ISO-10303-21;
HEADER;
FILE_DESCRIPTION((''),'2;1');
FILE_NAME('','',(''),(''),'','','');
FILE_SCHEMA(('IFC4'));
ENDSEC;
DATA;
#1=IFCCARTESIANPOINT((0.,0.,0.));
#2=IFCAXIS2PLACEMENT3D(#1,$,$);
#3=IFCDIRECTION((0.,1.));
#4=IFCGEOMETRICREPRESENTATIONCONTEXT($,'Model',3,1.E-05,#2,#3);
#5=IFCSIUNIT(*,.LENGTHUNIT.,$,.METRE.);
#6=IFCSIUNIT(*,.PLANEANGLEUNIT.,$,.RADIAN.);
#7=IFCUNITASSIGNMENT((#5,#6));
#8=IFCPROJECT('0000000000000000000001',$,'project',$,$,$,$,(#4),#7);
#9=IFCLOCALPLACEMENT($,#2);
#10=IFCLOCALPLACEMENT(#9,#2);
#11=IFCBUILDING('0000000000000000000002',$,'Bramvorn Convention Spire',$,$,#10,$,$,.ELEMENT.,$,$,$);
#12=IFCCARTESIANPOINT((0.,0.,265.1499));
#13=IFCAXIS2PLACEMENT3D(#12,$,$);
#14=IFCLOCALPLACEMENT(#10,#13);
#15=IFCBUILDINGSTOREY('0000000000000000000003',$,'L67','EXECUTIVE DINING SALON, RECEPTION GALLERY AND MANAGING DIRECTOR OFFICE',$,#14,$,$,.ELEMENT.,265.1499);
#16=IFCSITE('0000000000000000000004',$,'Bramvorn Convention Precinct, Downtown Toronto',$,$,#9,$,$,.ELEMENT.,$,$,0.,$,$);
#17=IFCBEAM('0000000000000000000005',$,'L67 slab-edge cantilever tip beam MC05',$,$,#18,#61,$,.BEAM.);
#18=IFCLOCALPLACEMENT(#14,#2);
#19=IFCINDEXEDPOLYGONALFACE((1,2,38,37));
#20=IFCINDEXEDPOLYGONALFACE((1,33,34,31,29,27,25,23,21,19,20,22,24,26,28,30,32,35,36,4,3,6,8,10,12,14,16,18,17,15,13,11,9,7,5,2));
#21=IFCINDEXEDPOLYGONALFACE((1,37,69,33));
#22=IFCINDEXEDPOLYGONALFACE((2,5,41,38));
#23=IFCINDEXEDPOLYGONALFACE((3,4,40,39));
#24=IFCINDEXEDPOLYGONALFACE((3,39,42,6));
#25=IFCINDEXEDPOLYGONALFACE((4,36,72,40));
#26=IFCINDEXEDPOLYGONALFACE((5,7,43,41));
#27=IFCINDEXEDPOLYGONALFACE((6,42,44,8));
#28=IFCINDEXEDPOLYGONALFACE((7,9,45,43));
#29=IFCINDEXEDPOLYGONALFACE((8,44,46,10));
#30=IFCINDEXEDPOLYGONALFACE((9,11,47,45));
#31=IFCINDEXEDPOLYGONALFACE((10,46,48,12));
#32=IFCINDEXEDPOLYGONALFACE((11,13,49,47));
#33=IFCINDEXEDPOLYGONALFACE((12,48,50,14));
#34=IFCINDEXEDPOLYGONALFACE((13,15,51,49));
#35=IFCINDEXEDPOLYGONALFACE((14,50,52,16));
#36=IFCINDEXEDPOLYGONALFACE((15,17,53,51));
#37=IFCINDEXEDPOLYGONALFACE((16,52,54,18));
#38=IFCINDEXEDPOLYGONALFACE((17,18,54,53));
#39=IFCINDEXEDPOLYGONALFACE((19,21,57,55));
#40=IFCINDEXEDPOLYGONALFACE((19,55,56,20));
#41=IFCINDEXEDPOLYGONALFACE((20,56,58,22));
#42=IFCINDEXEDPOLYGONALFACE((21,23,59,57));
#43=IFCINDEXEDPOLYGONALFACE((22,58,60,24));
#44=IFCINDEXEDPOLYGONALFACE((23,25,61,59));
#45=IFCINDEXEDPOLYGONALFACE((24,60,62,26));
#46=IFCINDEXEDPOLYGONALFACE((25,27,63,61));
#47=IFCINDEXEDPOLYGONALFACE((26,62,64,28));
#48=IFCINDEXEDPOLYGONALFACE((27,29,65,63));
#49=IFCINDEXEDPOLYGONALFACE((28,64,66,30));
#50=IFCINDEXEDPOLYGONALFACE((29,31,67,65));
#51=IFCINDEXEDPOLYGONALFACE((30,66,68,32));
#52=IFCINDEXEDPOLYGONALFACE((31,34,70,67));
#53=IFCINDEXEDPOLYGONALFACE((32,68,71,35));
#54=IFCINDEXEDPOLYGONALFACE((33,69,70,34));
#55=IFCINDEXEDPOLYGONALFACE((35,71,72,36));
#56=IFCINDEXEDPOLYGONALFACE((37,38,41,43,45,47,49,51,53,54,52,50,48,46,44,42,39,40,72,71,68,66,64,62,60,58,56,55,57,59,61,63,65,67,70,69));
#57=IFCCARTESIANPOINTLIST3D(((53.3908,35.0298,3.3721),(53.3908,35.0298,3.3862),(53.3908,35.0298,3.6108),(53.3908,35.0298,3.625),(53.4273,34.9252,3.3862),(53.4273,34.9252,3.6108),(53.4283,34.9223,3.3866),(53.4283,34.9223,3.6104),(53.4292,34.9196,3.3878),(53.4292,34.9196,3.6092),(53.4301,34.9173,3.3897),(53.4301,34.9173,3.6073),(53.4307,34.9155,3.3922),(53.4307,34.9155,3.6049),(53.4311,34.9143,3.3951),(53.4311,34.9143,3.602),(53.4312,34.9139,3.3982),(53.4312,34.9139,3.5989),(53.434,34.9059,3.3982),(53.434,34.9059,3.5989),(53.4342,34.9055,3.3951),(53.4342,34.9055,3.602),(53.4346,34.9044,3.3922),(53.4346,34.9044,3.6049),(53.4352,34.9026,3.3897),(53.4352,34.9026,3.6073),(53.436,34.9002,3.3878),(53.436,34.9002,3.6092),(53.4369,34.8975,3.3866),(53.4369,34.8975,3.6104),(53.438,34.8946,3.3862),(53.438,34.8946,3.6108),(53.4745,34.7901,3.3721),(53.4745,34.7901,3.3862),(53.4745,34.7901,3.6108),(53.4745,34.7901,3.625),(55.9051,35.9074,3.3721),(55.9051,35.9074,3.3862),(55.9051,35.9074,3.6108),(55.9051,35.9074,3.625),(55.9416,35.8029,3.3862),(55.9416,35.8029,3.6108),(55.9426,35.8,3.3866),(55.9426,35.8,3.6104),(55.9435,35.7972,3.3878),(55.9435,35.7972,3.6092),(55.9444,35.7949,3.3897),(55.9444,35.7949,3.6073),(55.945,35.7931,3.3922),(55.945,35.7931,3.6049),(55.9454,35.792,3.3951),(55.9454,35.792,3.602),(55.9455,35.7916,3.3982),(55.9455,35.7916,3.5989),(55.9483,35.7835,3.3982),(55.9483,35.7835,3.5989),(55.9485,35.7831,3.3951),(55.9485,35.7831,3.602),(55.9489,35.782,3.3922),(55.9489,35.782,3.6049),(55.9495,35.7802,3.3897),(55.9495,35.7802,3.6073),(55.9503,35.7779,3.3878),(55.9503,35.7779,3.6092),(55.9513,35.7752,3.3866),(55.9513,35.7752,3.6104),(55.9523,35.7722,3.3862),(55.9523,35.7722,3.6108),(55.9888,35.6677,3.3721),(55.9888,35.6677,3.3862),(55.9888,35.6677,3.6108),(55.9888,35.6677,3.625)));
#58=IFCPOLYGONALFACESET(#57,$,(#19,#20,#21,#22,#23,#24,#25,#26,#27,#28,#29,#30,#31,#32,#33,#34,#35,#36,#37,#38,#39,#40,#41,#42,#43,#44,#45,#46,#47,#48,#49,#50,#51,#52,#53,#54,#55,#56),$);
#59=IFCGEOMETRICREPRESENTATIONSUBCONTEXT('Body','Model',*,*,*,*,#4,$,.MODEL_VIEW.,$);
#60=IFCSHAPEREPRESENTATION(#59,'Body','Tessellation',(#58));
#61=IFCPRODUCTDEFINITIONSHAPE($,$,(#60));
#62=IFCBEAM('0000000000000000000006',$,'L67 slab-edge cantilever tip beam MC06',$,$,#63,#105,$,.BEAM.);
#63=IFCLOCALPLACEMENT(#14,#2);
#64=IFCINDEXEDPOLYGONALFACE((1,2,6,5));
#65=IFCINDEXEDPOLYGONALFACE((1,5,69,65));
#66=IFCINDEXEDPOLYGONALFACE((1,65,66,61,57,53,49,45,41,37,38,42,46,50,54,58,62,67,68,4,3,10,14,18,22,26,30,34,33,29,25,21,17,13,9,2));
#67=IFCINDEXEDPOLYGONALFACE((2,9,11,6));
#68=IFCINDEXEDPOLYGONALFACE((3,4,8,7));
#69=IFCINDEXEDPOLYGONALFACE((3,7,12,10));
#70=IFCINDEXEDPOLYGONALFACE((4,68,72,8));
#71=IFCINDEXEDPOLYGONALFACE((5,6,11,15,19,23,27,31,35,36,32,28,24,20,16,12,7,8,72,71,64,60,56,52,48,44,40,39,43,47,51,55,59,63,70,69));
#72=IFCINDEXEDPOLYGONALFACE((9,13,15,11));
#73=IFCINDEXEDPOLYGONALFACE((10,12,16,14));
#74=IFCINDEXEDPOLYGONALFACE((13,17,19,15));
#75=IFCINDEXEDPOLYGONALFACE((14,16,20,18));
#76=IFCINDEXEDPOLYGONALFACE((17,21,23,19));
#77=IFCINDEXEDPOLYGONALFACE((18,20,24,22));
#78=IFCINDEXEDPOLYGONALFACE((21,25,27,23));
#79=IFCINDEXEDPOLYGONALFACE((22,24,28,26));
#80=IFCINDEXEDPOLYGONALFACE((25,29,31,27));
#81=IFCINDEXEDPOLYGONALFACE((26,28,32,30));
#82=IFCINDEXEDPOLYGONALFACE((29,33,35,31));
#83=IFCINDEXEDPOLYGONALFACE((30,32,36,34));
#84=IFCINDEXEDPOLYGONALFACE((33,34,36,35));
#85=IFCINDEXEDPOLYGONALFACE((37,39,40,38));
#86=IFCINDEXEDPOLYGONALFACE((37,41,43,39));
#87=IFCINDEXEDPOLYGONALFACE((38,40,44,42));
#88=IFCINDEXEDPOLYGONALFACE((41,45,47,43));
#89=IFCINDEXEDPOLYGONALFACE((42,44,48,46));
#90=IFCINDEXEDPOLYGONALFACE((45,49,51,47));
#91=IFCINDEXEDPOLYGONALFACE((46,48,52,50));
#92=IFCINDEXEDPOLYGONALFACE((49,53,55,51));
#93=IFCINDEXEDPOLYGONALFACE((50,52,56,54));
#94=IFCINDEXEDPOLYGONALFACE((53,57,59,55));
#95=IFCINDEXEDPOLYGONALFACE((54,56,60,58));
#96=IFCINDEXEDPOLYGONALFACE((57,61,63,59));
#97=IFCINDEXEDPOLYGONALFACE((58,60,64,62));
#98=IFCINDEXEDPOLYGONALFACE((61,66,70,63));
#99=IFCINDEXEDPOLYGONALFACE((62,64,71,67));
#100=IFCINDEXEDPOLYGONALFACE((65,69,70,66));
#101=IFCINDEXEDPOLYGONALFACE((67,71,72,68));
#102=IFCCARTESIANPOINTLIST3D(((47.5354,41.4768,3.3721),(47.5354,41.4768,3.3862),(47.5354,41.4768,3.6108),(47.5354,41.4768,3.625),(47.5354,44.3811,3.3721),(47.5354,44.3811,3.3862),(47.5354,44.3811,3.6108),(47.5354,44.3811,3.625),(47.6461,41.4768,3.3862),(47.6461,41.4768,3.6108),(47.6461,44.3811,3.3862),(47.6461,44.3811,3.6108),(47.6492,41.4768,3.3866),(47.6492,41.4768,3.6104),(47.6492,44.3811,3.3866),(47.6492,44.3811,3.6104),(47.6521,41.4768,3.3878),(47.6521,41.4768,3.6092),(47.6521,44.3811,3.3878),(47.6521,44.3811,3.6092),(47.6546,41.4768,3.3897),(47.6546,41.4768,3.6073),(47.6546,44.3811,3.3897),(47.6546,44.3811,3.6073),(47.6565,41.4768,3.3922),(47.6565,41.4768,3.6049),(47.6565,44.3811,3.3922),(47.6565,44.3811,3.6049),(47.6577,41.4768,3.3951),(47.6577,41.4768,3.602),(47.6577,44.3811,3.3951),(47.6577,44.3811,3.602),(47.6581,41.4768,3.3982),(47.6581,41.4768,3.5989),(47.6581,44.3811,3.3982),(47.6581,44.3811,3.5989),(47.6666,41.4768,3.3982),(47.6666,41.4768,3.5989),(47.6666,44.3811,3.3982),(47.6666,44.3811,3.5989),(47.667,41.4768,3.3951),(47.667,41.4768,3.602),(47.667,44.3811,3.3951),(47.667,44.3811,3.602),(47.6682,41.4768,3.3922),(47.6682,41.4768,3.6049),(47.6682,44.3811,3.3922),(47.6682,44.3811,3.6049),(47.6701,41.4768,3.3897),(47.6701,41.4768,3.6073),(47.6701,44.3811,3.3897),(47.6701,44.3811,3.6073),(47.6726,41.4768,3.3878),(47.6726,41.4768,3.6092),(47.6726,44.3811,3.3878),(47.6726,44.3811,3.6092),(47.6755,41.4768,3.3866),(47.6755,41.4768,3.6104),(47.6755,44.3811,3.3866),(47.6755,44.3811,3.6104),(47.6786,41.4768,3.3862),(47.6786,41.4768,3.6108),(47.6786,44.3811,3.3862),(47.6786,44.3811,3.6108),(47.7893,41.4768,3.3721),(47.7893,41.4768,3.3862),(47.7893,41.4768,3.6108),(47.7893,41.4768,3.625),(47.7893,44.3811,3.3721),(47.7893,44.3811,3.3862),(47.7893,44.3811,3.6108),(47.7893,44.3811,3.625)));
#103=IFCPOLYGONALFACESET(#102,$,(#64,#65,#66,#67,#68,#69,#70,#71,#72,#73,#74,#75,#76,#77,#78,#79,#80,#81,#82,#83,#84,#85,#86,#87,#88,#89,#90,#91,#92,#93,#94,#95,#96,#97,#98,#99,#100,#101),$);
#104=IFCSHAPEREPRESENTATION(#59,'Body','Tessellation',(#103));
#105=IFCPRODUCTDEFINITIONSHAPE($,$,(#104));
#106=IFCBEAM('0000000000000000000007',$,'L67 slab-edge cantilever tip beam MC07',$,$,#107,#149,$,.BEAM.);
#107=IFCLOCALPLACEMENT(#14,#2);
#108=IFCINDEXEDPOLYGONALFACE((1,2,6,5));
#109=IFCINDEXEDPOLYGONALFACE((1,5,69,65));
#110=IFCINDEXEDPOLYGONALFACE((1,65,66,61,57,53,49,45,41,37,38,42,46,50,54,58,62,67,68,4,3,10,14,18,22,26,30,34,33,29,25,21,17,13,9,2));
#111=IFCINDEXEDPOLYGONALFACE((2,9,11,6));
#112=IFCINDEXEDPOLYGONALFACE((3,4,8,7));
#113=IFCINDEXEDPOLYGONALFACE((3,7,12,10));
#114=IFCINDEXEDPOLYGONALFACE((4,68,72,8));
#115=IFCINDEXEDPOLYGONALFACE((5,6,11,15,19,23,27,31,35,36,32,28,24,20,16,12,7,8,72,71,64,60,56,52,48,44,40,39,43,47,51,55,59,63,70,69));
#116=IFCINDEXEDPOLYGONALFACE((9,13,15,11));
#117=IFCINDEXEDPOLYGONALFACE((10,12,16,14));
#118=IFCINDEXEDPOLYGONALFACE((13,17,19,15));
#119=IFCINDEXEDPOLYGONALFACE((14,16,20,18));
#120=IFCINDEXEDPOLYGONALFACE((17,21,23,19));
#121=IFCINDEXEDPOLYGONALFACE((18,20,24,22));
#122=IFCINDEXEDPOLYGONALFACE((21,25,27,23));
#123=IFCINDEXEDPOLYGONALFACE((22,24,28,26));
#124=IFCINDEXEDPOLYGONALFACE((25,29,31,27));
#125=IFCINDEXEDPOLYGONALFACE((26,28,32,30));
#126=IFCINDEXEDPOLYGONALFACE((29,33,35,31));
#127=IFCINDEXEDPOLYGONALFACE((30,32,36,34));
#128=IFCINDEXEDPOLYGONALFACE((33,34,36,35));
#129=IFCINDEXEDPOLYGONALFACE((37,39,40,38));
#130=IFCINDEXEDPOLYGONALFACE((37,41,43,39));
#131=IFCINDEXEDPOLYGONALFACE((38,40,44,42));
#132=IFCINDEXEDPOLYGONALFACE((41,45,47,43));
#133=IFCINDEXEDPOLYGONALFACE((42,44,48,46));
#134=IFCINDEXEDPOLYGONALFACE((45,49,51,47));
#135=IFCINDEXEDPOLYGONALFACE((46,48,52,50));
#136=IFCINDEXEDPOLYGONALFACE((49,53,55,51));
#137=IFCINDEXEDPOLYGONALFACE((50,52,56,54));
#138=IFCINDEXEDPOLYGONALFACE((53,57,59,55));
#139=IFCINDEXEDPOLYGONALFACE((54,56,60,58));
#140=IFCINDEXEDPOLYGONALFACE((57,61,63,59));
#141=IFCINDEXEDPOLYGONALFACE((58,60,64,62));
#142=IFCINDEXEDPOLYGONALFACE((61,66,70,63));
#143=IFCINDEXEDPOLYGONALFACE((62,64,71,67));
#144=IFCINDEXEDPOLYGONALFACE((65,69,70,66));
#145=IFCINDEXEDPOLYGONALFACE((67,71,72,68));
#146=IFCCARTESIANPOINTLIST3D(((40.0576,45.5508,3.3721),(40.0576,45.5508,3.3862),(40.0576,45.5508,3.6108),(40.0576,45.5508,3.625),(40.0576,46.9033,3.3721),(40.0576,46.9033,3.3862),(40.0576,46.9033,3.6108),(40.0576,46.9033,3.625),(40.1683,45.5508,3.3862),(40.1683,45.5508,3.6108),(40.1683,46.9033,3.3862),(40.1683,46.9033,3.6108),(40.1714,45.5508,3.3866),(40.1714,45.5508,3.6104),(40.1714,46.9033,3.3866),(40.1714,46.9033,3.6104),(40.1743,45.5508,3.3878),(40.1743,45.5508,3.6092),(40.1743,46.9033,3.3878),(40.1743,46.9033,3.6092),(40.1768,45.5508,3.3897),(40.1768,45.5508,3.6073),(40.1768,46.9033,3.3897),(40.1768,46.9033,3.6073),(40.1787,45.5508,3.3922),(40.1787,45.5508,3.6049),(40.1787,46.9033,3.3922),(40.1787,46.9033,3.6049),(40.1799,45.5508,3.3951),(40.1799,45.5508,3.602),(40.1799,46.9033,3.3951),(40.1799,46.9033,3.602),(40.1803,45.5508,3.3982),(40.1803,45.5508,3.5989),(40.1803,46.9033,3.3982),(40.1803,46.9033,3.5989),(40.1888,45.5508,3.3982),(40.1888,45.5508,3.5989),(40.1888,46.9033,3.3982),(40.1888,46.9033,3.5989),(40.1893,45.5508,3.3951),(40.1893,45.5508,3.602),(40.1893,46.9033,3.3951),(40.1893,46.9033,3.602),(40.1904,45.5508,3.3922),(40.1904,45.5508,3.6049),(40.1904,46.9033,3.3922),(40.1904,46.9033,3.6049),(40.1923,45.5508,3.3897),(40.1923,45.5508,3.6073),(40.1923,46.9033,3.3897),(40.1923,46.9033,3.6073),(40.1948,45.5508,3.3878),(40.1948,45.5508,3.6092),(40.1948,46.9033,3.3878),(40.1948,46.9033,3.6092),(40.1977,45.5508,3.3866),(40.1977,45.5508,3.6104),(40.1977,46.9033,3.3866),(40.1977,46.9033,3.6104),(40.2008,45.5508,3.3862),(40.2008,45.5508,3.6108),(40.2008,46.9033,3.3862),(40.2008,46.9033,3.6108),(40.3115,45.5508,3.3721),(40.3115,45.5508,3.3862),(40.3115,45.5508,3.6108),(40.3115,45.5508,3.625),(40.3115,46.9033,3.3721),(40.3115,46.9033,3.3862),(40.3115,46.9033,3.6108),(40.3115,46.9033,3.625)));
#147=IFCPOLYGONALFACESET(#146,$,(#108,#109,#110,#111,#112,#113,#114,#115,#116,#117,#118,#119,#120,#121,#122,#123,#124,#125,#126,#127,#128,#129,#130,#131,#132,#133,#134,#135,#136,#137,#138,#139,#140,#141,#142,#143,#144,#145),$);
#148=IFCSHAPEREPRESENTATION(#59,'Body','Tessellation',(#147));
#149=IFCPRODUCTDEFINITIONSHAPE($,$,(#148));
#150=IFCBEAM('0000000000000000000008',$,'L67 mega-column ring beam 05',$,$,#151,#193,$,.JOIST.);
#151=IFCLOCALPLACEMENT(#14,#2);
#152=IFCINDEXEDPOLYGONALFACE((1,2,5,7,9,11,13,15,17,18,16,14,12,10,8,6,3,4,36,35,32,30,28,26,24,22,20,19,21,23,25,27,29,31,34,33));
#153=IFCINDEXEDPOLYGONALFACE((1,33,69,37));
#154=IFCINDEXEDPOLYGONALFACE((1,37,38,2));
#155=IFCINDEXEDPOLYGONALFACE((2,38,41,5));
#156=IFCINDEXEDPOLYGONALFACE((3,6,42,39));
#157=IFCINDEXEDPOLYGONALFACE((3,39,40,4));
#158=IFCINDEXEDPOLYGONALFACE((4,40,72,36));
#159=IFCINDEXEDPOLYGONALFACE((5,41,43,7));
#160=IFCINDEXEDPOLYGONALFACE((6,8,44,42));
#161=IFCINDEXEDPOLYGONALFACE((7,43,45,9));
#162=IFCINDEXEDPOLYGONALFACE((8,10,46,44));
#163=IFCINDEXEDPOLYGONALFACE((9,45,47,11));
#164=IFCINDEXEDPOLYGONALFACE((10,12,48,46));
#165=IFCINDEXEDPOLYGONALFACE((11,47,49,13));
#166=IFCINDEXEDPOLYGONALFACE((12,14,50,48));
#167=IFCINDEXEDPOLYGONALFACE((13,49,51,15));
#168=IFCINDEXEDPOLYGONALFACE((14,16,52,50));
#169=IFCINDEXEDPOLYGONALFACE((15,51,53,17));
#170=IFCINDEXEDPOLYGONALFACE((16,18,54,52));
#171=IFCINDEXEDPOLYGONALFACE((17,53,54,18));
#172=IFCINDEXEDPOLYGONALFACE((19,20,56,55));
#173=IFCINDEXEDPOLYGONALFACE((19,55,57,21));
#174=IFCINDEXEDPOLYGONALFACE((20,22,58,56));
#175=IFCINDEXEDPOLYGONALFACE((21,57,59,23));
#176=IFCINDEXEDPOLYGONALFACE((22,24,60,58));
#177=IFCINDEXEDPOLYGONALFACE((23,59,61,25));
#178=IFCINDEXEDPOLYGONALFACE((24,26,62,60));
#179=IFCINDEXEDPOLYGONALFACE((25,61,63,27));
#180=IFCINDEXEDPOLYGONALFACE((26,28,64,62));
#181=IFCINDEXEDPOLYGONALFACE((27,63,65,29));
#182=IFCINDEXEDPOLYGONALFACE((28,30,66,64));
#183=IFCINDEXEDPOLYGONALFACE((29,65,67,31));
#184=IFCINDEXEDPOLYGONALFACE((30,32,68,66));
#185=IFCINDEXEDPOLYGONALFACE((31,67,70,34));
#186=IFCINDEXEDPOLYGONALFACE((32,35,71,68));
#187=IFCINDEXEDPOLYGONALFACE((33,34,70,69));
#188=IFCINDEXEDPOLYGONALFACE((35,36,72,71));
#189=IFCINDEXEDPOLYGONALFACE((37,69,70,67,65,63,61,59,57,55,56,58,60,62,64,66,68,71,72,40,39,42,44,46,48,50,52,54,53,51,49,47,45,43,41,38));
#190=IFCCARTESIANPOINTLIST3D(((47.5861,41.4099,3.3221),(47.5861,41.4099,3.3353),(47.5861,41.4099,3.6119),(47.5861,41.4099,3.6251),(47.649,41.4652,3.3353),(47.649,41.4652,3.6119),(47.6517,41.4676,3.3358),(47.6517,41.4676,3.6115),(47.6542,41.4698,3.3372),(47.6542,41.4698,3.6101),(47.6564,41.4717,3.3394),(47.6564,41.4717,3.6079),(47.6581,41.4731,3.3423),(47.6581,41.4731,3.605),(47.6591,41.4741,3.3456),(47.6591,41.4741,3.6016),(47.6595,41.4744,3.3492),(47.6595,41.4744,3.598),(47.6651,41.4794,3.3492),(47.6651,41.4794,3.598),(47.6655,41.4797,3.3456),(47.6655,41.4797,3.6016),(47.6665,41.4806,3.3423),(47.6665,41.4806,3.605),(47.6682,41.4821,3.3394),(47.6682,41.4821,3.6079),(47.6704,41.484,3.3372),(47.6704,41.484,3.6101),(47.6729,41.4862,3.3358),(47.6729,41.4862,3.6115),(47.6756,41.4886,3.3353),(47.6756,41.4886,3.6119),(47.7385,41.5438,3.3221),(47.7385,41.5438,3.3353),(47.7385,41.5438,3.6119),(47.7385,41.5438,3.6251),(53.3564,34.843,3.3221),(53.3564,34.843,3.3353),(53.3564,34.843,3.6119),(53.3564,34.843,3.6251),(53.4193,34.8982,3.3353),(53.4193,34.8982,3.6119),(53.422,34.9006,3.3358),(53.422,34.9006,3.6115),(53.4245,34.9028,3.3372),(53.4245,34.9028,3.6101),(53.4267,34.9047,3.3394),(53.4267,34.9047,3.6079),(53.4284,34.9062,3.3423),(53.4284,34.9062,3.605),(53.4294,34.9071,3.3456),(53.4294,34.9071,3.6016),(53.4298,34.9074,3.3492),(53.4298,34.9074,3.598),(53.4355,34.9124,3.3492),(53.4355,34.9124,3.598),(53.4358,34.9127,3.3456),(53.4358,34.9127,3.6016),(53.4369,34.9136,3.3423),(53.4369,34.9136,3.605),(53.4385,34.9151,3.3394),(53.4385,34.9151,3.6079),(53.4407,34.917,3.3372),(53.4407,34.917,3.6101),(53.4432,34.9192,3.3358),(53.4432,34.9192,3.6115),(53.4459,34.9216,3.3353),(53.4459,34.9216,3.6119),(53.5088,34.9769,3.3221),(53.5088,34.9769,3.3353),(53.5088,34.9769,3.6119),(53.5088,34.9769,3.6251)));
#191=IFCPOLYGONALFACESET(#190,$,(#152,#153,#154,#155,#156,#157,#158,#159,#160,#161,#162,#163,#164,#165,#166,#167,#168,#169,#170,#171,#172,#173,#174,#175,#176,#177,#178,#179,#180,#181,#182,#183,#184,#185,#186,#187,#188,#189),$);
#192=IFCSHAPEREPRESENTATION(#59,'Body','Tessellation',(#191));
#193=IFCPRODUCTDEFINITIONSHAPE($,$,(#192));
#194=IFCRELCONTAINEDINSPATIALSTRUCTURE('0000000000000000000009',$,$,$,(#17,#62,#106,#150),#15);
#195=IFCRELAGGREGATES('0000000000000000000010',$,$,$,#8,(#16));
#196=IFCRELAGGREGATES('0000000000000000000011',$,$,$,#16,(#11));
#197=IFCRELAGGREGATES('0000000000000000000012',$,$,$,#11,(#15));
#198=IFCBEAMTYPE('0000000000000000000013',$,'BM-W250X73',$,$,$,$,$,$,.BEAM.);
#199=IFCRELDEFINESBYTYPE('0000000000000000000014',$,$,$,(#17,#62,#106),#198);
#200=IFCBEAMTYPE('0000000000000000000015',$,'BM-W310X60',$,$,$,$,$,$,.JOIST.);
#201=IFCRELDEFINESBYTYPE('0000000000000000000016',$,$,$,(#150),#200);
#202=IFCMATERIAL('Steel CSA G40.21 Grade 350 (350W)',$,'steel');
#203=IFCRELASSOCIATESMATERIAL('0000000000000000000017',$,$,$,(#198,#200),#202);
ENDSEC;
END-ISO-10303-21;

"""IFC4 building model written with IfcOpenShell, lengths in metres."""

from ifc_helpers import new_model, si_unit, direction, frame, origin, origin_2d, place, context, subcontext, project, spatial, i_section, extrude, material, material_profile, profile_set, type_object, element, save


model = new_model("IFC4")

# Units and contexts
model_context = context("Model", 3, precision=1e-05, world=origin(), true_north=direction((0.0, 1.0)))
body_context = subcontext(model_context, "Body", "Model", "MODEL_VIEW")
ifc_project = project(units=[si_unit("LENGTHUNIT", "METRE"), si_unit("PLANEANGLEUNIT", "RADIAN")], contexts=[model_context])

# Site, building, storey
site_placement = place(None, origin())
site = spatial("IfcSite", under=ifc_project, at=site_placement, Name="Bramvorn Convention Precinct, Downtown Toronto", CompositionType="ELEMENT", RefElevation=0.0)
building_placement = place(site_placement, origin())
building = spatial("IfcBuilding", under=site, at=building_placement, Name="Bramvorn Convention Spire", CompositionType="ELEMENT")
storey_placement = place(building_placement, frame((0.0, 0.0, 265.1499)))
storey = spatial("IfcBuildingStorey", under=building, at=storey_placement, Name="L67", Description="EXECUTIVE DINING SALON, RECEPTION GALLERY AND MANAGING DIRECTOR OFFICE", CompositionType="ELEMENT", Elevation=265.1499)

# Shared definitions
ifc_material_1 = material(Name="Steel CSA G40.21 Grade 350 (350W)", Category="steel")

# Beams
ifc_material_profile_1 = material_profile(ifc_material_1, i_section(OverallWidth=0.2539, OverallDepth=0.2529, WebThickness=0.0085, FlangeThickness=0.0142, FilletRadius=0.012, at=origin_2d()))
ifc_profile_set_1 = profile_set([ifc_material_profile_1], Name="Steel CSA G40.21 Grade 350 (350W) - W250X73")
beam_type_1 = type_object("IfcBeamType", Name="BM-W250X73", PredefinedType="BEAM", material=ifc_profile_set_1)
beam_1_placement = place(storey_placement, frame((53.4326, 34.9099, 3.4985), z_axis=(0.944134, 0.329562, 0.0), x_axis=(-0.329562, 0.944134, 0.0)))
element("IfcBeam", 1, at=beam_1_placement, inside=storey, type_object=beam_type_1, Name="L67 slab-edge cantilever tip beam MC05", PredefinedType="BEAM", context=body_context, shape_type="SweptSolid", body=[
    extrude(i_section(OverallWidth=0.2539, OverallDepth=0.2529, WebThickness=0.0085, FlangeThickness=0.0142, FilletRadius=0.012, at=origin_2d()), origin(), (0.0, 0.0, 1.0), 2.6631),
])
beam_2_placement = place(storey_placement, frame((47.6624, 41.4768, 3.4985), z_axis=(0.0, 1.0, 0.0), x_axis=(-1.0, 0.0, 0.0)))
element("IfcBeam", 2, at=beam_2_placement, inside=storey, type_object=beam_type_1, Name="L67 slab-edge cantilever tip beam MC06", PredefinedType="BEAM", context=body_context, shape_type="SweptSolid", body=[
    extrude(i_section(OverallWidth=0.2539, OverallDepth=0.2529, WebThickness=0.0085, FlangeThickness=0.0142, FilletRadius=0.012, at=origin_2d()), origin(), (0.0, 0.0, 1.0), 2.9043),
])
beam_3_placement = place(storey_placement, frame((40.1846, 45.5508, 3.4985), z_axis=(0.0, 1.0, 0.0), x_axis=(-1.0, 0.0, 0.0)))
element("IfcBeam", 3, at=beam_3_placement, inside=storey, type_object=beam_type_1, Name="L67 slab-edge cantilever tip beam MC07", PredefinedType="BEAM", context=body_context, shape_type="SweptSolid", body=[
    extrude(i_section(OverallWidth=0.2539, OverallDepth=0.2529, WebThickness=0.0085, FlangeThickness=0.0142, FilletRadius=0.012, at=origin_2d()), origin(), (0.0, 0.0, 1.0), 1.3525),
])
ifc_material_profile_2 = material_profile(ifc_material_1, i_section(OverallWidth=0.2029, OverallDepth=0.303, WebThickness=0.0076, FlangeThickness=0.0132, FilletRadius=0.0139, at=origin_2d()))
ifc_profile_set_2 = profile_set([ifc_material_profile_2], Name="Steel CSA G40.21 Grade 350 (350W) - W310X60")
beam_type_2 = type_object("IfcBeamType", Name="BM-W310X60", PredefinedType="JOIST", material=ifc_profile_set_2)
beam_4_placement = place(storey_placement, frame((53.4326, 34.9099, 3.4736), z_axis=(-0.660073, 0.751201, 0.0), x_axis=(-0.751201, -0.660073, 0.0)))
element("IfcBeam", 4, at=beam_4_placement, inside=storey, type_object=beam_type_2, Name="L67 mega-column ring beam 05", PredefinedType="JOIST", context=body_context, shape_type="SweptSolid", body=[
    extrude(i_section(OverallWidth=0.2029, OverallDepth=0.303, WebThickness=0.0076, FlangeThickness=0.0132, FilletRadius=0.0139, at=origin_2d()), origin(), (0.0, 0.0, 1.0), 8.7419),
])

save(model, "model.ifc")
